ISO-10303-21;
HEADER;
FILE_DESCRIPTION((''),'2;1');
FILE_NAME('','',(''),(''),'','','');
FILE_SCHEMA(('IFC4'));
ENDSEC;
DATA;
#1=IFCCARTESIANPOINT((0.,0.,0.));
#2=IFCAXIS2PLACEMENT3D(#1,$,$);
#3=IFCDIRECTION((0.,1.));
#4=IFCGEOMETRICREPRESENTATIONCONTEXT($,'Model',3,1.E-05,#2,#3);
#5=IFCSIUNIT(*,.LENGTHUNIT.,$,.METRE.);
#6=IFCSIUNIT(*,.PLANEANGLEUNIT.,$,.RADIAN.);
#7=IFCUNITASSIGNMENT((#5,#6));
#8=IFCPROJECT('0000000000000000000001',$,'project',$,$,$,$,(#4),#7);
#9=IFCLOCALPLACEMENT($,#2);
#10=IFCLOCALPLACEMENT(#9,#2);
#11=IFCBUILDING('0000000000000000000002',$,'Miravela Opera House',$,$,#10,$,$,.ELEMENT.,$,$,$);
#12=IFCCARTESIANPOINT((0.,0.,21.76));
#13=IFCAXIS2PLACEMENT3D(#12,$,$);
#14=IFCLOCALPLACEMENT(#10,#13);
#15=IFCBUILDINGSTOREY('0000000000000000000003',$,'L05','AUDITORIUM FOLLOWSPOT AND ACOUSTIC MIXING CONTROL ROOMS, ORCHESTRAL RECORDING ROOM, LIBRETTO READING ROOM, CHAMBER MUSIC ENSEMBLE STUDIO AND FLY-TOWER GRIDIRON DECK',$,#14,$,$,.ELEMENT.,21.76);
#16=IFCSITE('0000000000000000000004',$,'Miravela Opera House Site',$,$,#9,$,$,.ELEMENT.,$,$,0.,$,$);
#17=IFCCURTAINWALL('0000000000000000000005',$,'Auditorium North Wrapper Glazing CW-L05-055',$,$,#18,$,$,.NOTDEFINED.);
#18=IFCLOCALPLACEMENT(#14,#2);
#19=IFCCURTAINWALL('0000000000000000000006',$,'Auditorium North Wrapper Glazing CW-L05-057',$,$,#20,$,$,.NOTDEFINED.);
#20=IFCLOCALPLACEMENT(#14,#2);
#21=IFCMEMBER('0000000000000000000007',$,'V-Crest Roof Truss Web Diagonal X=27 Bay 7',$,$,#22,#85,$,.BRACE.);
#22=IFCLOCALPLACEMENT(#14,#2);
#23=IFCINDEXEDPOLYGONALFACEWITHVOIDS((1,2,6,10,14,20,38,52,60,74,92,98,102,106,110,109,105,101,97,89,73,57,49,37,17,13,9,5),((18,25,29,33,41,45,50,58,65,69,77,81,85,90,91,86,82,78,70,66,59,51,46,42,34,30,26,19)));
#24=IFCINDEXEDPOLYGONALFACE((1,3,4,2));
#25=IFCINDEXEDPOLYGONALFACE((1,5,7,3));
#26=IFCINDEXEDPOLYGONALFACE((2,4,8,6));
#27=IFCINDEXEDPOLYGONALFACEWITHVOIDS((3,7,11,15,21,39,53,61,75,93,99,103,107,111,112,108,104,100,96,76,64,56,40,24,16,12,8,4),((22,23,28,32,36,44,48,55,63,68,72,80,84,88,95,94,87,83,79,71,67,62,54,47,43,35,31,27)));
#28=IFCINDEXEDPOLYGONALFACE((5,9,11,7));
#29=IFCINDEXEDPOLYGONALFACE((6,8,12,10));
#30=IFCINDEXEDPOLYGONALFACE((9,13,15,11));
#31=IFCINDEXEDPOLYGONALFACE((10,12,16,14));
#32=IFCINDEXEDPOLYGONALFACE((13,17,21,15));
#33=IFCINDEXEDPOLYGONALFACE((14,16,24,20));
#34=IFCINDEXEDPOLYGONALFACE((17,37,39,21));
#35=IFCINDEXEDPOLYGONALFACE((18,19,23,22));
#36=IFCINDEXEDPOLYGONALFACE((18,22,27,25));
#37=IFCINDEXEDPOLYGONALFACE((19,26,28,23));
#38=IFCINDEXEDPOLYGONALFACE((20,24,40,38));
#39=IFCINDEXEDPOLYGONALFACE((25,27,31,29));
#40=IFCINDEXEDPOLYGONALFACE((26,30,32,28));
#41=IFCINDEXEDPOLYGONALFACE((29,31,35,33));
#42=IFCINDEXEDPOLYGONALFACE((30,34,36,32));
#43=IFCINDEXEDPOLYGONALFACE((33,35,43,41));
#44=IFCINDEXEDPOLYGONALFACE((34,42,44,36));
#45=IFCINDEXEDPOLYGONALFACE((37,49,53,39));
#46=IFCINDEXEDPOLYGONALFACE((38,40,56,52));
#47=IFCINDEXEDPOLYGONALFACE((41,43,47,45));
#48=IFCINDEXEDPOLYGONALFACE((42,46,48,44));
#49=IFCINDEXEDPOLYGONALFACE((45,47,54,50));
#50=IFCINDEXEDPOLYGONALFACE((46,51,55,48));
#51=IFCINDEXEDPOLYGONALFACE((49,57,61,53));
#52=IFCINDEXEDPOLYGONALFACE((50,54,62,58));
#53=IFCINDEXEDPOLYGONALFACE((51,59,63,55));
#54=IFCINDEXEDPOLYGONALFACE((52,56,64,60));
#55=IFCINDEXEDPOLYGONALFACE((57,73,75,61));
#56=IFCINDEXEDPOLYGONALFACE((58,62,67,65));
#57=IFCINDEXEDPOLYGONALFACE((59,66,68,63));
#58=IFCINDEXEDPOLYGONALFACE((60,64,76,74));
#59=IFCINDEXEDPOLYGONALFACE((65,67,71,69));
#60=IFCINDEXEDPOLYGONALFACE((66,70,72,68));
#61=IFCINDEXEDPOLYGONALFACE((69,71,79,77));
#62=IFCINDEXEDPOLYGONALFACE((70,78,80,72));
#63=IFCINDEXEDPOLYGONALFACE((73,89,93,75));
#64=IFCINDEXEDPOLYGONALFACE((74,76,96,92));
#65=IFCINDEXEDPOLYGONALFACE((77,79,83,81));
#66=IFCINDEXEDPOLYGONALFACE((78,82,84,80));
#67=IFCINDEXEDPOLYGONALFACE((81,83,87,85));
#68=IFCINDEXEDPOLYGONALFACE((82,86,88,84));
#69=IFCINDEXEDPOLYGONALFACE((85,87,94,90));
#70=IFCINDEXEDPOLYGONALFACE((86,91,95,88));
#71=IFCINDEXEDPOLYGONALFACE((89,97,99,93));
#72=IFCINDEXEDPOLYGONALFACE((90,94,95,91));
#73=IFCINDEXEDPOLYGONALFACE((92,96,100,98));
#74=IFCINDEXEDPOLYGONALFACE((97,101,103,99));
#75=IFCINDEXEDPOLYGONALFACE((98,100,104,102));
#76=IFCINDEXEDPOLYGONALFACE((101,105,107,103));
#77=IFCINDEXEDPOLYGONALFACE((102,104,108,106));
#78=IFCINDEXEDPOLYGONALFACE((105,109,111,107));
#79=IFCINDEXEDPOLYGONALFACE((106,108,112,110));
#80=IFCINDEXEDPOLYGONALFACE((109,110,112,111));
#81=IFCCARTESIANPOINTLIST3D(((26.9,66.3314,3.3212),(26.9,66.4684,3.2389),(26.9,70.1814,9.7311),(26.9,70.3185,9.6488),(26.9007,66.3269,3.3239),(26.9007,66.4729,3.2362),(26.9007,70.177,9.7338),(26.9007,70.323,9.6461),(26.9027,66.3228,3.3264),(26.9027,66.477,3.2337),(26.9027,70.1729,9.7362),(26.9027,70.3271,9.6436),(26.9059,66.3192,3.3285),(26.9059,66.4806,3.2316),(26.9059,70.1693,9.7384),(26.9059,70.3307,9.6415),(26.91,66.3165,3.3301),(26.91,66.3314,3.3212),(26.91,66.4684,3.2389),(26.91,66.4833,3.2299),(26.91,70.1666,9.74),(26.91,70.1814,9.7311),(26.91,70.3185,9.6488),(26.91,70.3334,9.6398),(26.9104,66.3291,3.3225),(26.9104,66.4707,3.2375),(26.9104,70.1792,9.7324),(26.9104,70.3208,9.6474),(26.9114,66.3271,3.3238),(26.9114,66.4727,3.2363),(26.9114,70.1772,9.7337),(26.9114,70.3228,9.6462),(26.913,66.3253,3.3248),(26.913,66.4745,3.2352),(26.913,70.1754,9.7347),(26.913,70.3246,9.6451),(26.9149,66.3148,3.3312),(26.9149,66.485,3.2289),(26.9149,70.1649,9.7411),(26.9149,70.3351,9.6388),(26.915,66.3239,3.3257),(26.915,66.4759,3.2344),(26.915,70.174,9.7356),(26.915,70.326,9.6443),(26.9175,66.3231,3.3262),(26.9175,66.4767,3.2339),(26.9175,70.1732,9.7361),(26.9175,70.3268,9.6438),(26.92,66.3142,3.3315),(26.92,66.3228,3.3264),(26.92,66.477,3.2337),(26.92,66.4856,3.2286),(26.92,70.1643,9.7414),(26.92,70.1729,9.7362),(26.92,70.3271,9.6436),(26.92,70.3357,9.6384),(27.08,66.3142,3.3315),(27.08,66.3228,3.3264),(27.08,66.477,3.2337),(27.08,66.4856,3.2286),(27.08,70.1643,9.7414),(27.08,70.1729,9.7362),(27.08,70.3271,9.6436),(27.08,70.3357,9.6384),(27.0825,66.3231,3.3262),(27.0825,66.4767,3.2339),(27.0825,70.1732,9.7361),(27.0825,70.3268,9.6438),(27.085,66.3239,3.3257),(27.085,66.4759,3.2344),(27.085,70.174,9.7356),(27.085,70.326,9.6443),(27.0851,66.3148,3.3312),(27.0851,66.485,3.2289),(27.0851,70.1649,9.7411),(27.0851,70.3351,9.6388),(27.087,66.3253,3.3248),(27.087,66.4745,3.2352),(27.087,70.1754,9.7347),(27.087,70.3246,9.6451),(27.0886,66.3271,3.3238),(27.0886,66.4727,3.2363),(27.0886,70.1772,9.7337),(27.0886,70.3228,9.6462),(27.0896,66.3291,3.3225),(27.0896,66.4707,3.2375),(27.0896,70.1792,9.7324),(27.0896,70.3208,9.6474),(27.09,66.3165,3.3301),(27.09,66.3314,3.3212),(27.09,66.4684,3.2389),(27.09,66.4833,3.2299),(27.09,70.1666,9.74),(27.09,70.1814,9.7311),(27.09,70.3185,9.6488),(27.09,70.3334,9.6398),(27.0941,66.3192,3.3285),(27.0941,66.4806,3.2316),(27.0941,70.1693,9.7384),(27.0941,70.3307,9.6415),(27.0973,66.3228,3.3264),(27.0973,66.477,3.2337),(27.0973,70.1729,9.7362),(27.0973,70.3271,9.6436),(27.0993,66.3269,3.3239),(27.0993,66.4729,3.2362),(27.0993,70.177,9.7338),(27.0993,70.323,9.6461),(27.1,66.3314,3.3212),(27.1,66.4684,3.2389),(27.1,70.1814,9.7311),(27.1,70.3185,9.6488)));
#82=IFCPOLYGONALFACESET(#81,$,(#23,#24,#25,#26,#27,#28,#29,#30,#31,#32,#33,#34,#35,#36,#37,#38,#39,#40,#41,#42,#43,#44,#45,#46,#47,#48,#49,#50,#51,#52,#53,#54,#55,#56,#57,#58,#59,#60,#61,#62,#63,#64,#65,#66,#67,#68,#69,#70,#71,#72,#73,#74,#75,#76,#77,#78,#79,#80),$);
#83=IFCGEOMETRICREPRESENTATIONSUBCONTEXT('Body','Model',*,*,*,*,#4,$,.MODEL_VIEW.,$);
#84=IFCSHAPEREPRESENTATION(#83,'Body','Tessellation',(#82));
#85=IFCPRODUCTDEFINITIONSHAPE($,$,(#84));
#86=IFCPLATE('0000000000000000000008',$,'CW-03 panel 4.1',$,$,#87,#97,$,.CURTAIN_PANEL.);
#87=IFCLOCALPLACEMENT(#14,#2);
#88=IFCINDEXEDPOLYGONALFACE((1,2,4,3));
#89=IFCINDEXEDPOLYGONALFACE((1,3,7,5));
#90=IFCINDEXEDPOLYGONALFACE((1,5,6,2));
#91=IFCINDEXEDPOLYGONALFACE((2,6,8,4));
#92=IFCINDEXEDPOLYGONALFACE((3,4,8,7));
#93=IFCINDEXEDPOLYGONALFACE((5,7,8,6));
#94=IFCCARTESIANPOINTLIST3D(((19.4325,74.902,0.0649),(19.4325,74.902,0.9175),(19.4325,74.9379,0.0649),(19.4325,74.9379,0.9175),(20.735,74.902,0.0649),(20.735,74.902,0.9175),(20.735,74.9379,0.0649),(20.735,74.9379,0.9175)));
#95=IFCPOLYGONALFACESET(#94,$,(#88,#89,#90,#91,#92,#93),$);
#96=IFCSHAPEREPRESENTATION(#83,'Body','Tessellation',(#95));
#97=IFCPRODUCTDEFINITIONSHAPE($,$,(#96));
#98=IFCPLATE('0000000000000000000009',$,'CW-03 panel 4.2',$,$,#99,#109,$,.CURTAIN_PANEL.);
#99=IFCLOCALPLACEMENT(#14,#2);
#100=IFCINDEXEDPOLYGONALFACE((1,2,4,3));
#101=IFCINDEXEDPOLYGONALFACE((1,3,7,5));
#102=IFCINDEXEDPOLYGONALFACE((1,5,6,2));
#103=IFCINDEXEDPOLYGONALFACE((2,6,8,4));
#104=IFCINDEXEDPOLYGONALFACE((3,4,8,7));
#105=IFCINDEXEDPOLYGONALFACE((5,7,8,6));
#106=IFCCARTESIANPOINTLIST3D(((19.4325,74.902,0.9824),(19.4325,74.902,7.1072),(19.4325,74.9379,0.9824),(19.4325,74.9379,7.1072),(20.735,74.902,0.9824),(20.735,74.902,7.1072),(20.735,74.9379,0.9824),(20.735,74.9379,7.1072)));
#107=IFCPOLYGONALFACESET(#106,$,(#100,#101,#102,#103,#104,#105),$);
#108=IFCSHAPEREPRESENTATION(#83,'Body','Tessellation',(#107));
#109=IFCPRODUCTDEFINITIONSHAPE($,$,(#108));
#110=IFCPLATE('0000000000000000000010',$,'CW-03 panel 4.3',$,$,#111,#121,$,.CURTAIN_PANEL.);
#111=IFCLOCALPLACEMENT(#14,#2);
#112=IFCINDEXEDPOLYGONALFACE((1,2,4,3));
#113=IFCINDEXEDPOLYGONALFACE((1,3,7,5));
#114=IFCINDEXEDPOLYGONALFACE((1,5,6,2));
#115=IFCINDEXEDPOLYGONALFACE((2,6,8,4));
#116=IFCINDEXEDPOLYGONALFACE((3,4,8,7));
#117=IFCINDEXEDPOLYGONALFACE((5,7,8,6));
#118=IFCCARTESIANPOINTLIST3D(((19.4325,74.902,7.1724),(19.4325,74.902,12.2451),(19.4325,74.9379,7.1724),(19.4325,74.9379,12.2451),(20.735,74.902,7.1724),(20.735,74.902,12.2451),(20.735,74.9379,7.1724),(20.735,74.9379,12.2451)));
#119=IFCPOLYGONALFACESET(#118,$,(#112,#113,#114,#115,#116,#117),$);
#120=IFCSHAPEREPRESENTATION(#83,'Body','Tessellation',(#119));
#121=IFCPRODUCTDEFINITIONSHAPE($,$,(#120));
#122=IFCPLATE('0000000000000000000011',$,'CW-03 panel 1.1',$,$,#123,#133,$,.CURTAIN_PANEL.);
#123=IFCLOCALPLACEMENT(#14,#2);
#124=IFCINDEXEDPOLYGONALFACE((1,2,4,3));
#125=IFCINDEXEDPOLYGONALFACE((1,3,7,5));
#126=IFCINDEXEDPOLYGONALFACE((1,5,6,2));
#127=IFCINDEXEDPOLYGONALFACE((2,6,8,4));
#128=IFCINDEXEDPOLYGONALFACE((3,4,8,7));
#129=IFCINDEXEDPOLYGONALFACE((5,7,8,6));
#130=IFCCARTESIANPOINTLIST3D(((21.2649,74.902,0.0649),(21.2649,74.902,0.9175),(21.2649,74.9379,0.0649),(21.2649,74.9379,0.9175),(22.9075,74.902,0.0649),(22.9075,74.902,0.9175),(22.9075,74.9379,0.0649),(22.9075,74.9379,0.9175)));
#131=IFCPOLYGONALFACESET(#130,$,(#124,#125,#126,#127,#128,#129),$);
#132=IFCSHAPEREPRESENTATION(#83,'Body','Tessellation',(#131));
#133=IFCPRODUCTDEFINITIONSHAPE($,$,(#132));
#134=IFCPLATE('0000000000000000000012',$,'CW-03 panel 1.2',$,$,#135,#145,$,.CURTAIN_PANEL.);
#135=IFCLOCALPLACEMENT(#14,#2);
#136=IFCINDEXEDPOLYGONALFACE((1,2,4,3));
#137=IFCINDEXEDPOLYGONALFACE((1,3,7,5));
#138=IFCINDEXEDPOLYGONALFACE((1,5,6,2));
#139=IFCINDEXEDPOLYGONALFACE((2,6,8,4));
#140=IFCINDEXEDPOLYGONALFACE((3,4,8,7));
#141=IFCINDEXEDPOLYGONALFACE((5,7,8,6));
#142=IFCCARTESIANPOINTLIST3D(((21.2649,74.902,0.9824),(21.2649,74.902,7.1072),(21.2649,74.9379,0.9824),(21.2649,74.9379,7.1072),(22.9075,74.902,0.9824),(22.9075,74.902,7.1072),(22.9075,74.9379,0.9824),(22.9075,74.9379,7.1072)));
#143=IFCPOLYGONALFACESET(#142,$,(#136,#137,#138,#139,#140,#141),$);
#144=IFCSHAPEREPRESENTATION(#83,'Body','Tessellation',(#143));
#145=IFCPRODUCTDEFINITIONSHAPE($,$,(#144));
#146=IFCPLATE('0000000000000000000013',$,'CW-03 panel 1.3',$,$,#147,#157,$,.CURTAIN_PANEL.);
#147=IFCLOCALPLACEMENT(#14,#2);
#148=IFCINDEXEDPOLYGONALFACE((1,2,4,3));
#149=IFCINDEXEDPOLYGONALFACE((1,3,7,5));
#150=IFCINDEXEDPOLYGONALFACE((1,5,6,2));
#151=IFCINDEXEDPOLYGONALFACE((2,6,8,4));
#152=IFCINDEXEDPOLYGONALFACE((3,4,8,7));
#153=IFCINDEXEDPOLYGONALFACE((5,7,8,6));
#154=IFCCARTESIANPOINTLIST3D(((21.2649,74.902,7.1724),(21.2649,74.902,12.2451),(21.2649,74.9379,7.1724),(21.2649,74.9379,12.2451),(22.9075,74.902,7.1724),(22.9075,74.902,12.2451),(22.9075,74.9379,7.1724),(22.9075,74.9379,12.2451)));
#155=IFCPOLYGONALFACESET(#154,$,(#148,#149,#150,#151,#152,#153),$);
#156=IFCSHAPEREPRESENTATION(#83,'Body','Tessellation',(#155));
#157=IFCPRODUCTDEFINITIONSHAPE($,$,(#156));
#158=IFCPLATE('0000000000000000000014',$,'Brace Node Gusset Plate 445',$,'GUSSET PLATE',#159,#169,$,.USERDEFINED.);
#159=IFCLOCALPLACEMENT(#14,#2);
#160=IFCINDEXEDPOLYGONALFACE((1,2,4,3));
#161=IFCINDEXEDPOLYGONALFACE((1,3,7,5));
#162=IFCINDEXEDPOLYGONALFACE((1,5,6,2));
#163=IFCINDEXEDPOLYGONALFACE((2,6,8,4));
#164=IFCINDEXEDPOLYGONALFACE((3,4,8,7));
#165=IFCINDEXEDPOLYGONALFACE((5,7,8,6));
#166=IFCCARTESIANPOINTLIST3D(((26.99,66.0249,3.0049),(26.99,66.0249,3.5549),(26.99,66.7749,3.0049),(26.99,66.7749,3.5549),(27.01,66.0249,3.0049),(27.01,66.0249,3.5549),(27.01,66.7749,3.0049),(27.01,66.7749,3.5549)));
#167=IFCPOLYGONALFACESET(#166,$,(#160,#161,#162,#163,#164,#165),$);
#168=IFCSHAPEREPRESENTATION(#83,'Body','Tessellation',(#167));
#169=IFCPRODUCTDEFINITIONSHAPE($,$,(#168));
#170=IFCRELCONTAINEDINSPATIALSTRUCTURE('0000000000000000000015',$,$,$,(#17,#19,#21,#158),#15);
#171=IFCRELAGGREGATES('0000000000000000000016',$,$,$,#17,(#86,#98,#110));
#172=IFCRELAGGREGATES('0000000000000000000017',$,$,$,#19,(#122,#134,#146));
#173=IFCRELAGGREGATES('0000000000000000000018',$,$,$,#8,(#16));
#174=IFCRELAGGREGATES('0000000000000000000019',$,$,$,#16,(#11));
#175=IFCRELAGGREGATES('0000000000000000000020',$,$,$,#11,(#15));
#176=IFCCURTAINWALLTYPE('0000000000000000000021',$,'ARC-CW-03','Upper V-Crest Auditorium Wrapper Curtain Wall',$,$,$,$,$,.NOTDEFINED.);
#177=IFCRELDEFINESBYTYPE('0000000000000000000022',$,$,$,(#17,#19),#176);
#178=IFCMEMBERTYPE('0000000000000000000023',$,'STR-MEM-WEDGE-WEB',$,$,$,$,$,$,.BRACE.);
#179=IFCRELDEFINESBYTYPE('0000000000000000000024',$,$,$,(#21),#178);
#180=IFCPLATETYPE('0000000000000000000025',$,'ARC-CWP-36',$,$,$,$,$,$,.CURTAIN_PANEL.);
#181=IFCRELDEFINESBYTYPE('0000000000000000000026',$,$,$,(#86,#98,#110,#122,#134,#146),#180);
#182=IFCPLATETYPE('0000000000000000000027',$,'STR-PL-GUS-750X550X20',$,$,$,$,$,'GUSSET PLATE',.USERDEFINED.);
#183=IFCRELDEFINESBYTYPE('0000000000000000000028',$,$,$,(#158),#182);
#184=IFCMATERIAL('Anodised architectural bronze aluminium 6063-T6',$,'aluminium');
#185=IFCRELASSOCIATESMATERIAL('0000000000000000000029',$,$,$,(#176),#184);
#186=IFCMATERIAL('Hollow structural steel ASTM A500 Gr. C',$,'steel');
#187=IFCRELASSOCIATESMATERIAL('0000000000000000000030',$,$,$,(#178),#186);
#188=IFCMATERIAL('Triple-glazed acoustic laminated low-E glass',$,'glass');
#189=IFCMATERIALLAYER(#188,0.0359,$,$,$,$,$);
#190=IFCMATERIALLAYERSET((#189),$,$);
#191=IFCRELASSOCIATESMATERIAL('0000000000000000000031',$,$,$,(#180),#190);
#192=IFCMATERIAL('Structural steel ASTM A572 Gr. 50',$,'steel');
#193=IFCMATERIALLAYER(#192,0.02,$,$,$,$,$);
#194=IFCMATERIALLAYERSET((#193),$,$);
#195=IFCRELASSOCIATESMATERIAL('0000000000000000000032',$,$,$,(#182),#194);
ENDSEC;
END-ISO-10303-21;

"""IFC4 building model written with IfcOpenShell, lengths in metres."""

from ifc_helpers import new_model, si_unit, direction, frame, origin, origin_2d, place, context, subcontext, project, spatial, rectangle, hollow_rectangle, extrude, material, layer, layer_set, material_profile, profile_set, type_object, element, aggregate, save


model = new_model("IFC4")

# Units and contexts
model_context = context("Model", 3, precision=1e-05, world=origin(), true_north=direction((0.0, 1.0)))
body_context = subcontext(model_context, "Body", "Model", "MODEL_VIEW")
ifc_project = project(units=[si_unit("LENGTHUNIT", "METRE"), si_unit("PLANEANGLEUNIT", "RADIAN")], contexts=[model_context])

# Site, building, storey
site_placement = place(None, origin())
site = spatial("IfcSite", under=ifc_project, at=site_placement, Name="Miravela Opera House Site", CompositionType="ELEMENT", RefElevation=0.0)
building_placement = place(site_placement, origin())
building = spatial("IfcBuilding", under=site, at=building_placement, Name="Miravela Opera House", CompositionType="ELEMENT")
storey_placement = place(building_placement, frame((0.0, 0.0, 21.76)))
storey = spatial("IfcBuildingStorey", under=building, at=storey_placement, Name="L05", Description="AUDITORIUM FOLLOWSPOT AND ACOUSTIC MIXING CONTROL ROOMS, ORCHESTRAL RECORDING ROOM, LIBRETTO READING ROOM, CHAMBER MUSIC ENSEMBLE STUDIO AND FLY-TOWER GRIDIRON DECK", CompositionType="ELEMENT", Elevation=21.76)

# Curtain walls
ifc_material_1 = material(Name="Anodised architectural bronze aluminium 6063-T6", Category="aluminium")
curtain_wall_type = type_object("IfcCurtainWallType", Name="ARC-CW-03", Description="Upper V-Crest Auditorium Wrapper Curtain Wall", PredefinedType="NOTDEFINED", material=ifc_material_1)
curtain_wall_1_placement = place(storey_placement, origin())
curtain_wall_1 = element("IfcCurtainWall", 1, at=curtain_wall_1_placement, inside=storey, type_object=curtain_wall_type, Name="Auditorium North Wrapper Glazing CW-L05-055", PredefinedType="NOTDEFINED")
curtain_wall_2_placement = place(storey_placement, origin())
curtain_wall_2 = element("IfcCurtainWall", 2, at=curtain_wall_2_placement, inside=storey, type_object=curtain_wall_type, Name="Auditorium North Wrapper Glazing CW-L05-057", PredefinedType="NOTDEFINED")

# Member
ifc_material_2 = material(Name="Hollow structural steel ASTM A500 Gr. C", Category="steel")
ifc_material_profile_1 = material_profile(ifc_material_2, hollow_rectangle(XDim=0.2, YDim=0.2, WallThickness=0.01, InnerFilletRadius=0.01, OuterFilletRadius=0.02, at=origin_2d()), Name="HSS200X200X10")
ifc_profile_set_1 = profile_set([ifc_material_profile_1])
member_type_1 = type_object("IfcMemberType", Name="STR-MEM-WEDGE-WEB", PredefinedType="BRACE", material=ifc_profile_set_1)
member_1_placement = place(storey_placement, frame((27.0, 66.3999, 3.28), z_axis=(0.0, 0.514904, 0.857248), x_axis=(-1.0, 0.0, 0.0)))
element("IfcMember", 3, at=member_1_placement, inside=storey, type_object=member_type_1, Name="V-Crest Roof Truss Web Diagonal X=27 Bay 7", PredefinedType="BRACE", context=body_context, shape_type="SweptSolid", body=[
    extrude(hollow_rectangle(XDim=0.2, YDim=0.2, WallThickness=0.01, InnerFilletRadius=0.01, OuterFilletRadius=0.02, at=origin_2d()), origin(), (0.0, 0.0, 1.0), 7.4773),
])

# Plates
ifc_material_3 = material(Name="Triple-glazed acoustic laminated low-E glass", Category="glass")
ifc_layer_1 = layer(ifc_material_3, 0.0359)
ifc_layer_set_1 = layer_set([ifc_layer_1])
plate_type_1 = type_object("IfcPlateType", Name="ARC-CWP-36", PredefinedType="CURTAIN_PANEL", material=ifc_layer_set_1)
plate_1_placement = place(storey_placement, frame((20.0837, 74.9199, 0.0649), z_axis=(0.0, 0.0, 1.0), x_axis=(1.0, 0.0, 0.0)))
plate_1 = element("IfcPlate", 4, at=plate_1_placement, type_object=plate_type_1, Name="CW-03 panel 4.1", PredefinedType="CURTAIN_PANEL", context=body_context, shape_type="SweptSolid", body=[
    extrude(rectangle(XDim=1.3025, YDim=0.0359, at=origin_2d()), origin(), (0.0, 0.0, 1.0), 0.8525),
])
plate_2_placement = place(storey_placement, frame((20.0837, 74.9199, 0.9824), z_axis=(0.0, 0.0, 1.0), x_axis=(1.0, 0.0, 0.0)))
plate_2 = element("IfcPlate", 5, at=plate_2_placement, type_object=plate_type_1, Name="CW-03 panel 4.2", PredefinedType="CURTAIN_PANEL", context=body_context, shape_type="SweptSolid", body=[
    extrude(rectangle(XDim=1.3025, YDim=0.0359, at=origin_2d()), origin(), (0.0, 0.0, 1.0), 6.1248),
])
plate_3_placement = place(storey_placement, frame((20.0837, 74.9199, 7.1724), z_axis=(0.0, 0.0, 1.0), x_axis=(1.0, 0.0, 0.0)))
plate_3 = element("IfcPlate", 6, at=plate_3_placement, type_object=plate_type_1, Name="CW-03 panel 4.3", PredefinedType="CURTAIN_PANEL", context=body_context, shape_type="SweptSolid", body=[
    extrude(rectangle(XDim=1.3025, YDim=0.0359, at=origin_2d()), origin(), (0.0, 0.0, 1.0), 5.0728),
])
aggregate(curtain_wall_1, [plate_1, plate_2, plate_3])
plate_4_placement = place(storey_placement, frame((22.0862, 74.9199, 0.0649), z_axis=(0.0, 0.0, 1.0), x_axis=(1.0, 0.0, 0.0)))
plate_4 = element("IfcPlate", 7, at=plate_4_placement, type_object=plate_type_1, Name="CW-03 panel 1.1", PredefinedType="CURTAIN_PANEL", context=body_context, shape_type="SweptSolid", body=[
    extrude(rectangle(XDim=1.6426, YDim=0.0359, at=origin_2d()), origin(), (0.0, 0.0, 1.0), 0.8525),
])
plate_5_placement = place(storey_placement, frame((22.0862, 74.9199, 0.9824), z_axis=(0.0, 0.0, 1.0), x_axis=(1.0, 0.0, 0.0)))
plate_5 = element("IfcPlate", 8, at=plate_5_placement, type_object=plate_type_1, Name="CW-03 panel 1.2", PredefinedType="CURTAIN_PANEL", context=body_context, shape_type="SweptSolid", body=[
    extrude(rectangle(XDim=1.6426, YDim=0.0359, at=origin_2d()), origin(), (0.0, 0.0, 1.0), 6.1248),
])
plate_6_placement = place(storey_placement, frame((22.0862, 74.9199, 7.1724), z_axis=(0.0, 0.0, 1.0), x_axis=(1.0, 0.0, 0.0)))
plate_6 = element("IfcPlate", 9, at=plate_6_placement, type_object=plate_type_1, Name="CW-03 panel 1.3", PredefinedType="CURTAIN_PANEL", context=body_context, shape_type="SweptSolid", body=[
    extrude(rectangle(XDim=1.6426, YDim=0.0359, at=origin_2d()), origin(), (0.0, 0.0, 1.0), 5.0728),
])
aggregate(curtain_wall_2, [plate_4, plate_5, plate_6])
ifc_material_4 = material(Name="Structural steel ASTM A572 Gr. 50", Category="steel")
ifc_layer_2 = layer(ifc_material_4, 0.02)
ifc_layer_set_2 = layer_set([ifc_layer_2])
plate_type_2 = type_object("IfcPlateType", Name="STR-PL-GUS-750X550X20", ElementType="GUSSET PLATE", PredefinedType="USERDEFINED", material=ifc_layer_set_2)
plate_7_placement = place(storey_placement, frame((27.0, 66.3999, 3.0049), z_axis=(0.0, 0.0, 1.0), x_axis=(0.0, 1.0, 0.0)))
element("IfcPlate", 10, at=plate_7_placement, inside=storey, type_object=plate_type_2, Name="Brace Node Gusset Plate 445", ObjectType="GUSSET PLATE", PredefinedType="USERDEFINED", context=body_context, shape_type="SweptSolid", body=[
    extrude(rectangle(XDim=0.75, YDim=0.02, at=origin_2d()), origin(), (0.0, 0.0, 1.0), 0.55),
])

save(model, "model.ifc")
